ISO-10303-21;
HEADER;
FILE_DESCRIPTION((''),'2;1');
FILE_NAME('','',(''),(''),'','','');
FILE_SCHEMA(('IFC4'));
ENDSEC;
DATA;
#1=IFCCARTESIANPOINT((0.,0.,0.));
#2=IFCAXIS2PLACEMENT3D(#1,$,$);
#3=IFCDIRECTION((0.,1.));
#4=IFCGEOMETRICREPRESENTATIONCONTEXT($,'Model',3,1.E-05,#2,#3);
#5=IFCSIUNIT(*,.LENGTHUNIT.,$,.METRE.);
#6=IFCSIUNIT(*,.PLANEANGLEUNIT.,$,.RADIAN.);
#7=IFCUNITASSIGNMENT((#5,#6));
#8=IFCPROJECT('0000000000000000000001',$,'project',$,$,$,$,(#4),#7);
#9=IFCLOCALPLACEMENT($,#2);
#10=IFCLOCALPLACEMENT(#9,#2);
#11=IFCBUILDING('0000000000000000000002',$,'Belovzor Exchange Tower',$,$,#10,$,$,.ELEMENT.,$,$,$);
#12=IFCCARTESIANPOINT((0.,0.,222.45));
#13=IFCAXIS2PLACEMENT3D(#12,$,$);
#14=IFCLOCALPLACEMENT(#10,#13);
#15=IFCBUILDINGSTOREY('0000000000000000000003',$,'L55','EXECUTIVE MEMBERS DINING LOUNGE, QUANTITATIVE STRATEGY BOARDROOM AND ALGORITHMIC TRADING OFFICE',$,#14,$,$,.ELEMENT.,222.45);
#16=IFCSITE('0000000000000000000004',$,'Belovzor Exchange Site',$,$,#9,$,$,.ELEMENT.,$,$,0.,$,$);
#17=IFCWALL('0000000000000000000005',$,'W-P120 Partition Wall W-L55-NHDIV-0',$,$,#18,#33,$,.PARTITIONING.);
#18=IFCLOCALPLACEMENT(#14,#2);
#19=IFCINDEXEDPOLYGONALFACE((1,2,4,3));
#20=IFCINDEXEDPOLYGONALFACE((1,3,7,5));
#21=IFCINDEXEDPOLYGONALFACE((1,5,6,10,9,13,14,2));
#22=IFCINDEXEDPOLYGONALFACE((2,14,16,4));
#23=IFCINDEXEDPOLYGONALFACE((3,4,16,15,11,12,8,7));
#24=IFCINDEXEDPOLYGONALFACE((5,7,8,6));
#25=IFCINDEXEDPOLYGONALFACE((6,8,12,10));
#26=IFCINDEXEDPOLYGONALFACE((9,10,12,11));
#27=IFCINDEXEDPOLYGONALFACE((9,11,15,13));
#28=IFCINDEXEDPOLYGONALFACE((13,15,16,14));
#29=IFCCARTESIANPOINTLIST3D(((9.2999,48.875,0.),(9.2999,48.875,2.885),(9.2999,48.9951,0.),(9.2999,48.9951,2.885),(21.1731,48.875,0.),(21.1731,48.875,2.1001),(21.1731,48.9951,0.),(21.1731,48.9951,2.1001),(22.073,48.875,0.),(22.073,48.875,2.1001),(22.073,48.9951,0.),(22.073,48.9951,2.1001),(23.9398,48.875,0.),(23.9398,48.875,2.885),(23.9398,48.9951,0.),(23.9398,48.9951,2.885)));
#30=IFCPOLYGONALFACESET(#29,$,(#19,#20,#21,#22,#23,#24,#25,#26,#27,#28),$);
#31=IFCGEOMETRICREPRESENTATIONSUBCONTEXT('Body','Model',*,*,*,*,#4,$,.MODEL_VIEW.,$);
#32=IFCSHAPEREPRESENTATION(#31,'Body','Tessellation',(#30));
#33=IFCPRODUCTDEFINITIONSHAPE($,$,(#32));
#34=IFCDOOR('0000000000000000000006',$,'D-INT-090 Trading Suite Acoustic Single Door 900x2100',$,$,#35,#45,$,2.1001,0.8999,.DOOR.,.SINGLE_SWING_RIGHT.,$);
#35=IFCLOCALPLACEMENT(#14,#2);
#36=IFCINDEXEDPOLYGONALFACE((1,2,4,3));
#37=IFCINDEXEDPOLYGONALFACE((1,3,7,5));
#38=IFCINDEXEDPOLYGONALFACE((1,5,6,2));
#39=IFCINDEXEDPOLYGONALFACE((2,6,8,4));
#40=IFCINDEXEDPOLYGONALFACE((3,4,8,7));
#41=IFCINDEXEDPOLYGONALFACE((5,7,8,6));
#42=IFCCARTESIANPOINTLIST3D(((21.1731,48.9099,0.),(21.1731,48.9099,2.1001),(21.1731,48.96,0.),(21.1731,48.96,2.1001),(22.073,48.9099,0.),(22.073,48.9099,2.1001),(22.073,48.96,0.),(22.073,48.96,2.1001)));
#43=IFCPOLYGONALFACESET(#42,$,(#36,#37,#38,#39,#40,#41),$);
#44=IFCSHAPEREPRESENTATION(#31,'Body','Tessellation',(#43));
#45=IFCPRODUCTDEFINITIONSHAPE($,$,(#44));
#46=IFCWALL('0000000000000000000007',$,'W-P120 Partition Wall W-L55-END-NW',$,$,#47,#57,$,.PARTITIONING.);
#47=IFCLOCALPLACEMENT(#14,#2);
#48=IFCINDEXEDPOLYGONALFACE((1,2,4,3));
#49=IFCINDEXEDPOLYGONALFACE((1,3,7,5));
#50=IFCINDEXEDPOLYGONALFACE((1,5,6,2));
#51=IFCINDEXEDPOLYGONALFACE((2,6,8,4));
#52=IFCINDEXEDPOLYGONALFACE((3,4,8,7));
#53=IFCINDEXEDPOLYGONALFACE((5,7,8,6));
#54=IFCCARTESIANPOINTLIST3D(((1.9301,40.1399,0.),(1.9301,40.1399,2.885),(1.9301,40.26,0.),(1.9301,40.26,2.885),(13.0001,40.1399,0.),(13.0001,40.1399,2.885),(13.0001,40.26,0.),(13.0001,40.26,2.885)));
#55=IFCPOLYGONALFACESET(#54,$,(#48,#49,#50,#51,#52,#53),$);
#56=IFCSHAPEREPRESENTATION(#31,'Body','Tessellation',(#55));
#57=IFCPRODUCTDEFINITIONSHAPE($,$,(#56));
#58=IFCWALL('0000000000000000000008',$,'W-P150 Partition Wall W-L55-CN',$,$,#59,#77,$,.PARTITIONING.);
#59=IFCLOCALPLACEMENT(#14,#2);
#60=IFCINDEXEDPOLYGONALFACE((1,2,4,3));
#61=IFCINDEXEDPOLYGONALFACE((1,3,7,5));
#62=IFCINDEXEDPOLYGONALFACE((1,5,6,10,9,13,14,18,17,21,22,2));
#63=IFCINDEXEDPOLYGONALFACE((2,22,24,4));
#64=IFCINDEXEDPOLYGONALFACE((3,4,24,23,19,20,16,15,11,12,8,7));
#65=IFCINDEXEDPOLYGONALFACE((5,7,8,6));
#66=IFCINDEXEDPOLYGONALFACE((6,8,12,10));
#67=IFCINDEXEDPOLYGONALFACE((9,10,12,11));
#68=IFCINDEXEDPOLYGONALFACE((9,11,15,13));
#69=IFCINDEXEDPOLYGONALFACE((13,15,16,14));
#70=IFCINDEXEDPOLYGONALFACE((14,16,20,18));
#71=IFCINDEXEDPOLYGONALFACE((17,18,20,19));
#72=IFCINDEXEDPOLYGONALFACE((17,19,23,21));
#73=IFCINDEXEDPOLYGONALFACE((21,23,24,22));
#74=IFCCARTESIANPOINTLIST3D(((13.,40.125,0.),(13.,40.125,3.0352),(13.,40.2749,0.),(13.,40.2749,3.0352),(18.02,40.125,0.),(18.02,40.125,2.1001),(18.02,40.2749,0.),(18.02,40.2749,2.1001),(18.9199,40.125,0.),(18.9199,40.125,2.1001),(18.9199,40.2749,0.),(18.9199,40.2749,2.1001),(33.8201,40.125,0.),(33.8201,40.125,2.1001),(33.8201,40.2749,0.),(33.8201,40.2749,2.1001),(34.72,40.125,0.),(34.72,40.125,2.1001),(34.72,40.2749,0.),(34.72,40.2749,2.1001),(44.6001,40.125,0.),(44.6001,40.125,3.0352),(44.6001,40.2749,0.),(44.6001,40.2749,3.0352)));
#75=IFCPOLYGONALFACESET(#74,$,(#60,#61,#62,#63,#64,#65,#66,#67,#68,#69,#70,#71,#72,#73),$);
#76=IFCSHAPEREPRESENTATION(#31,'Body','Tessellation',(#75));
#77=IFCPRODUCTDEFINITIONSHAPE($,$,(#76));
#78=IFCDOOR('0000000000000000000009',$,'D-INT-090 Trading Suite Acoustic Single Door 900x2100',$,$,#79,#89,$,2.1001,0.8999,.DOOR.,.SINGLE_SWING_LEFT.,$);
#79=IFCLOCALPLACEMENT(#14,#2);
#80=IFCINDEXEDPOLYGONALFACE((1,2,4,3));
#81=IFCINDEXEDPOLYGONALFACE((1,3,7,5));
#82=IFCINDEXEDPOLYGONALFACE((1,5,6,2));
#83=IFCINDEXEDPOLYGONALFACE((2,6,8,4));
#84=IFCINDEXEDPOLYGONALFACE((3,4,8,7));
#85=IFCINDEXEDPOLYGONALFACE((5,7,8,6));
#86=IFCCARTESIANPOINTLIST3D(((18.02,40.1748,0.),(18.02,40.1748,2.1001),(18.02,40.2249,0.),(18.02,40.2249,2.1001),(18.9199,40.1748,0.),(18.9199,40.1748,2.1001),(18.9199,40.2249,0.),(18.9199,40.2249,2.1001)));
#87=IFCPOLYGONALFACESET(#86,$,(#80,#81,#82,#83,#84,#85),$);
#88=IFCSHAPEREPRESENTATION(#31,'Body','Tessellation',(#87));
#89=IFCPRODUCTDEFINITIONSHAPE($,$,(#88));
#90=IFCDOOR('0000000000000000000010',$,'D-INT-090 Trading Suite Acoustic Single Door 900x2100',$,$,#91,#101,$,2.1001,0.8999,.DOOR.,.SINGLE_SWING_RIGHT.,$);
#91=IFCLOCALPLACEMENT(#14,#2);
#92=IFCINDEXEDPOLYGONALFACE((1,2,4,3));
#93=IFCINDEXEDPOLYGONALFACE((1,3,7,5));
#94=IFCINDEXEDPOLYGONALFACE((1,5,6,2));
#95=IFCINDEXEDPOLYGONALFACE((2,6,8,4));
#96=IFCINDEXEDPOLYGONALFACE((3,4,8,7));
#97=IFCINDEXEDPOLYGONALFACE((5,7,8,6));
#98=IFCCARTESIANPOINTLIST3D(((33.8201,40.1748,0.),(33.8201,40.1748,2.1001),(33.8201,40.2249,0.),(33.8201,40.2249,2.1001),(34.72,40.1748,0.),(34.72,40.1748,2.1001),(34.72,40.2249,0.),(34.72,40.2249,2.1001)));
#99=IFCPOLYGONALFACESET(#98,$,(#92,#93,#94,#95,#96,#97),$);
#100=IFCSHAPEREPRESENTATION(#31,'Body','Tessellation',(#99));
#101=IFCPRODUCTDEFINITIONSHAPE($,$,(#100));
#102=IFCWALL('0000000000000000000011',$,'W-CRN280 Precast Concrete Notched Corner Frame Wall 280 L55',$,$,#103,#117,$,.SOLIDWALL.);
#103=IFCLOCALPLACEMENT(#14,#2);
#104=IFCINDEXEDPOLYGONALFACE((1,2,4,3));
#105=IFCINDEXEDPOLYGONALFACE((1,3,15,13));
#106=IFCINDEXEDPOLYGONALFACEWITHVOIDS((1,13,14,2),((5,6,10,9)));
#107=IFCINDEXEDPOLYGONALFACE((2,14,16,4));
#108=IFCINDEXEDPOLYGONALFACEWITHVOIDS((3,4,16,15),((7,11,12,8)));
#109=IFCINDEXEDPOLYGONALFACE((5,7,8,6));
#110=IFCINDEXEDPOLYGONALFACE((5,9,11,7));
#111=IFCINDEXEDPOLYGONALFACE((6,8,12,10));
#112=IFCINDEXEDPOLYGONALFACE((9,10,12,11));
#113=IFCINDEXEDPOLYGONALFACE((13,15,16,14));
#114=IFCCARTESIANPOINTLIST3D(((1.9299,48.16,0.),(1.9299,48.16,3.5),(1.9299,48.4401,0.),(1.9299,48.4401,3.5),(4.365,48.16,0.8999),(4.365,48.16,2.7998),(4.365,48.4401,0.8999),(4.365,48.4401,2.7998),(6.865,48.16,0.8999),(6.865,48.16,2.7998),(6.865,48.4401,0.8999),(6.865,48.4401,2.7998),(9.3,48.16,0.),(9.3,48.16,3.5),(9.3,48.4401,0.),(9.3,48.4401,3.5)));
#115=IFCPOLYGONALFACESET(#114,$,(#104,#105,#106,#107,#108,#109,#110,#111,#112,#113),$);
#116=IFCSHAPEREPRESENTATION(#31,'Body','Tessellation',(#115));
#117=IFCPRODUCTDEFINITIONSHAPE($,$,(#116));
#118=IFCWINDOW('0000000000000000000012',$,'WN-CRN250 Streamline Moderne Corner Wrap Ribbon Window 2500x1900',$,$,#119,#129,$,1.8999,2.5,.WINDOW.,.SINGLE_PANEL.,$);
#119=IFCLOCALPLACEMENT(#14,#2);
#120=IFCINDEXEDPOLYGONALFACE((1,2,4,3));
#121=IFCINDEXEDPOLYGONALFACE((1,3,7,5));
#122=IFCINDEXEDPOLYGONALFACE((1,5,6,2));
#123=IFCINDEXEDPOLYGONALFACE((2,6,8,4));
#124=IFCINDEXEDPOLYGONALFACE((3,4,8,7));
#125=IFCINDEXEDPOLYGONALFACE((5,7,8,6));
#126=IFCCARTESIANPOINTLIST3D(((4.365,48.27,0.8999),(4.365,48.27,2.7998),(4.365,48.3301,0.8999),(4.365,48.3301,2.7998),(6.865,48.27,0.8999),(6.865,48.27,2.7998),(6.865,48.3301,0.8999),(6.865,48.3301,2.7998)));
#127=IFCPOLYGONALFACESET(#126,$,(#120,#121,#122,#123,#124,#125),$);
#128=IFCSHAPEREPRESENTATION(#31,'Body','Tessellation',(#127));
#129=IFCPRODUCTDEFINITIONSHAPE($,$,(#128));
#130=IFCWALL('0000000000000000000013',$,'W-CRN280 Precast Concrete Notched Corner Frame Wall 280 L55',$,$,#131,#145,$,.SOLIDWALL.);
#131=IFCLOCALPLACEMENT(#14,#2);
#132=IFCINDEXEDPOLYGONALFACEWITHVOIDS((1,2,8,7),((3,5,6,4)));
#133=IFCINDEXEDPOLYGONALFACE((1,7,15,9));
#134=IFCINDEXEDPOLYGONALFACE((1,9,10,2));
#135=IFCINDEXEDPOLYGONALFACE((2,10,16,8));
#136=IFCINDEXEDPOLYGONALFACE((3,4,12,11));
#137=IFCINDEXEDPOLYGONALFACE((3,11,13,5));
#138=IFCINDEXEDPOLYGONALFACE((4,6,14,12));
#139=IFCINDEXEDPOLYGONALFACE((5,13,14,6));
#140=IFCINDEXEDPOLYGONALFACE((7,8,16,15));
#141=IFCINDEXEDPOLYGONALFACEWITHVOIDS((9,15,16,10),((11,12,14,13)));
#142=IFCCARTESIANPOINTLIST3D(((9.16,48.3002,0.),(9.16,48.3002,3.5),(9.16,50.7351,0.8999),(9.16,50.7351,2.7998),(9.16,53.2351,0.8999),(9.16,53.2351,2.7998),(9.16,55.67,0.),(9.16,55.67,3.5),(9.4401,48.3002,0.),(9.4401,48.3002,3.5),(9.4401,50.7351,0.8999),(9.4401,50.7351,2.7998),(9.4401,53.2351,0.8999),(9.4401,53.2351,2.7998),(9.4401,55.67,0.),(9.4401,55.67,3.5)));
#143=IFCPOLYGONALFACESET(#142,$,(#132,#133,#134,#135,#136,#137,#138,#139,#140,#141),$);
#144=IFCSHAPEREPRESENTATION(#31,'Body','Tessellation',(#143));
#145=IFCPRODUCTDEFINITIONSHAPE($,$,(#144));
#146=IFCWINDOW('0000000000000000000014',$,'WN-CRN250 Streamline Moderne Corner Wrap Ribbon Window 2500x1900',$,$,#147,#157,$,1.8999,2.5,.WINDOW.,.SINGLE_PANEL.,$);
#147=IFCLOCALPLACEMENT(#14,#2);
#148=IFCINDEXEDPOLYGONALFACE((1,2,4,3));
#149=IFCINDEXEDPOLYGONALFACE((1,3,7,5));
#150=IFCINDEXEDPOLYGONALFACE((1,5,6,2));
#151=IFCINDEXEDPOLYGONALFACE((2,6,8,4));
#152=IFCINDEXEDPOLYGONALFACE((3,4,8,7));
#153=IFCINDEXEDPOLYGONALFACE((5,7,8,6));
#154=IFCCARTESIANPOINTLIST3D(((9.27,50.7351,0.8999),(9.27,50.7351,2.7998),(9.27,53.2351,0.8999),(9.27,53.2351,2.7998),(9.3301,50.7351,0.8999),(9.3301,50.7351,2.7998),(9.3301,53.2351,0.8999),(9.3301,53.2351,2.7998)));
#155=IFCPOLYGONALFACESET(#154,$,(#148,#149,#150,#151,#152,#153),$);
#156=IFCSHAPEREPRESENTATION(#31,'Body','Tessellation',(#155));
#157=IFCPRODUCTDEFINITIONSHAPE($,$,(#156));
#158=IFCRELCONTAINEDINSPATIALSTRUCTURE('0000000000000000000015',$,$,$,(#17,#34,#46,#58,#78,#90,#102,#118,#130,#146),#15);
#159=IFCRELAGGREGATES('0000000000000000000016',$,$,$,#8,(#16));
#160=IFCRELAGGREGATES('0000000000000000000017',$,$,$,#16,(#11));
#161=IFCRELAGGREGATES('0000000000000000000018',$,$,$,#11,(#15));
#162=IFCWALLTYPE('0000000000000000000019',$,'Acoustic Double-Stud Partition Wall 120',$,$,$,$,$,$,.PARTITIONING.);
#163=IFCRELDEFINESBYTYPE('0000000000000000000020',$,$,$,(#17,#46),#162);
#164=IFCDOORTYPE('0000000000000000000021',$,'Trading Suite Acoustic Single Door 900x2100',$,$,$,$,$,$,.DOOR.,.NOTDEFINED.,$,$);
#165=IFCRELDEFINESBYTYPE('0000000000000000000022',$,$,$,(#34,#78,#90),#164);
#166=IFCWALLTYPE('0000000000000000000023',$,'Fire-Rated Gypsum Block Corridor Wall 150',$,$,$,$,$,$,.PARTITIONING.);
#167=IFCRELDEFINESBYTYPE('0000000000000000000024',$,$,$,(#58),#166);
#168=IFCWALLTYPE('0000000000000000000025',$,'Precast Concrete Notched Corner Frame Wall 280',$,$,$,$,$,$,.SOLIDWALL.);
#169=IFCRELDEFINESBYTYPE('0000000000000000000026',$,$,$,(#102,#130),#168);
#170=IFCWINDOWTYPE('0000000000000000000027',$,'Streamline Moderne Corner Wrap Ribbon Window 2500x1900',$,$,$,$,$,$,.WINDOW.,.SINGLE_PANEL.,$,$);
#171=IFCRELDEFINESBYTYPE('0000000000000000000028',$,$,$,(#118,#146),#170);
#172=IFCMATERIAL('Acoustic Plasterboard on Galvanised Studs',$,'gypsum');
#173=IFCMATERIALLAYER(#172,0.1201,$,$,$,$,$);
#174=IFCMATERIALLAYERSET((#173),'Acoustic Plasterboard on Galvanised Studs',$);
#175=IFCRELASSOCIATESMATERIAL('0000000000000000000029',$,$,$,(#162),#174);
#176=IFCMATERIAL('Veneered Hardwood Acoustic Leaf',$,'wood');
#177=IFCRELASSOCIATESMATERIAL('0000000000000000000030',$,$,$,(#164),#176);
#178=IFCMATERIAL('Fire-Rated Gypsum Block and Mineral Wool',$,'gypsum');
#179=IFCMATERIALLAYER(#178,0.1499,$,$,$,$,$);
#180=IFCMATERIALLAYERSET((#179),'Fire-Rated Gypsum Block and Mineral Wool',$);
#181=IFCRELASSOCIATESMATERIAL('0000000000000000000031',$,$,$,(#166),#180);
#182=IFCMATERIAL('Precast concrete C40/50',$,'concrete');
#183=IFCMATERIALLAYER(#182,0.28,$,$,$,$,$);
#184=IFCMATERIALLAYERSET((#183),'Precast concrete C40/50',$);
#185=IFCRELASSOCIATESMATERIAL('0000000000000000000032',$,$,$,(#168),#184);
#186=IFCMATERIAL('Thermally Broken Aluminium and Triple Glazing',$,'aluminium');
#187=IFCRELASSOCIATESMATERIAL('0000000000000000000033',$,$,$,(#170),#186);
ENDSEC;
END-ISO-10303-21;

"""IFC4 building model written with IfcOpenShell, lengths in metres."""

from ifc_helpers import new_model, si_unit, direction, frame, frame_2d, origin, place, context, subcontext, project, spatial, rectangle, extrude, material, layer, layer_set, type_object, element, fill, save


model = new_model("IFC4")

# Units and contexts
model_context = context("Model", 3, precision=1e-05, world=origin(), true_north=direction((0.0, 1.0)))
body_context = subcontext(model_context, "Body", "Model", "MODEL_VIEW")
ifc_project = project(units=[si_unit("LENGTHUNIT", "METRE"), si_unit("PLANEANGLEUNIT", "RADIAN")], contexts=[model_context])

# Site, building, storey
site_placement = place(None, origin())
site = spatial("IfcSite", under=ifc_project, at=site_placement, Name="Belovzor Exchange Site", CompositionType="ELEMENT", RefElevation=0.0)
building_placement = place(site_placement, origin())
building = spatial("IfcBuilding", under=site, at=building_placement, Name="Belovzor Exchange Tower", CompositionType="ELEMENT")
storey_placement = place(building_placement, frame((0.0, 0.0, 222.45)))
storey = spatial("IfcBuildingStorey", under=building, at=storey_placement, Name="L55", Description="EXECUTIVE MEMBERS DINING LOUNGE, QUANTITATIVE STRATEGY BOARDROOM AND ALGORITHMIC TRADING OFFICE", CompositionType="ELEMENT", Elevation=222.45)

# Wall, opening, door
ifc_material_1 = material(Name="Acoustic Plasterboard on Galvanised Studs", Category="gypsum")
ifc_layer_1 = layer(ifc_material_1, 0.1201)
ifc_layer_set_1 = layer_set([ifc_layer_1], Name="Acoustic Plasterboard on Galvanised Studs")
wall_type_1 = type_object("IfcWallType", Name="Acoustic Double-Stud Partition Wall 120", PredefinedType="PARTITIONING", material=ifc_layer_set_1)
wall_1_placement = place(storey_placement, frame((9.3, 48.9351, 0.0), z_axis=(0.0, 0.0, 1.0), x_axis=(1.0, 0.0, 0.0)))
wall_1 = element("IfcWall", 1, at=wall_1_placement, inside=storey, type_object=wall_type_1, Name="W-P120 Partition Wall W-L55-NHDIV-0", PredefinedType="PARTITIONING", context=body_context, shape_type="SweptSolid", body=[
    extrude(rectangle(XDim=14.6399, YDim=0.1201, at=frame_2d((7.3198, 0.0))), origin(), (0.0, 0.0, 1.0), 2.885),
])
opening_1_placement = place(wall_1_placement, frame((11.873, 0.0, 0.0)))
opening_1 = element("IfcOpeningElement", 2, at=opening_1_placement, cuts=wall_1, PredefinedType="OPENING", context=body_context, shape_type="SweptSolid", body=[
    extrude(rectangle(XDim=0.8999, YDim=2.1001, at=frame_2d((0.45, 1.05))), frame((0.0, 0.0701, 0.0), z_axis=(0.0, -1.0, 0.0), x_axis=(1.0, 0.0, 0.0)), (0.0, 0.0, 1.0), 0.1401),
])
ifc_material_2 = material(Name="Veneered Hardwood Acoustic Leaf", Category="wood")
door_type_1 = type_object("IfcDoorType", Name="Trading Suite Acoustic Single Door 900x2100", OperationType="NOTDEFINED", PredefinedType="DOOR", material=ifc_material_2)
door_1_placement = place(opening_1_placement, origin())
door_1 = element("IfcDoor", 3, at=door_1_placement, inside=storey, type_object=door_type_1, Name="D-INT-090 Trading Suite Acoustic Single Door 900x2100", OperationType="SINGLE_SWING_RIGHT", OverallHeight=2.1001, OverallWidth=0.8999, PredefinedType="DOOR", context=body_context, shape_type="SweptSolid", body=[
    extrude(rectangle(XDim=0.8999, YDim=2.1001, at=frame_2d((0.45, 1.05))), frame((0.0, 0.0249, 0.0), z_axis=(0.0, -1.0, 0.0), x_axis=(1.0, 0.0, 0.0)), (0.0, 0.0, 1.0), 0.05),
])
fill(opening_1, door_1)

# Wall
wall_2_placement = place(storey_placement, frame((1.9299, 40.2, 0.0), z_axis=(0.0, 0.0, 1.0), x_axis=(1.0, 0.0, 0.0)))
element("IfcWall", 4, at=wall_2_placement, inside=storey, type_object=wall_type_1, Name="W-P120 Partition Wall W-L55-END-NW", PredefinedType="PARTITIONING", context=body_context, shape_type="SweptSolid", body=[
    extrude(rectangle(XDim=11.0701, YDim=0.1201, at=frame_2d((5.5352, 0.0))), origin(), (0.0, 0.0, 1.0), 2.885),
])

# Wall, openings, doors
ifc_material_3 = material(Name="Fire-Rated Gypsum Block and Mineral Wool", Category="gypsum")
ifc_layer_2 = layer(ifc_material_3, 0.1499)
ifc_layer_set_2 = layer_set([ifc_layer_2], Name="Fire-Rated Gypsum Block and Mineral Wool")
wall_type_2 = type_object("IfcWallType", Name="Fire-Rated Gypsum Block Corridor Wall 150", PredefinedType="PARTITIONING", material=ifc_layer_set_2)
wall_3_placement = place(storey_placement, frame((13.0, 40.2, 0.0), z_axis=(0.0, 0.0, 1.0), x_axis=(1.0, 0.0, 0.0)))
wall_3 = element("IfcWall", 5, at=wall_3_placement, inside=storey, type_object=wall_type_2, Name="W-P150 Partition Wall W-L55-CN", PredefinedType="PARTITIONING", context=body_context, shape_type="SweptSolid", body=[
    extrude(rectangle(XDim=31.6001, YDim=0.1499, at=frame_2d((15.8, 0.0))), origin(), (0.0, 0.0, 1.0), 3.0352),
])
opening_2_placement = place(wall_3_placement, frame((5.02, 0.0, 0.0)))
opening_2 = element("IfcOpeningElement", 6, at=opening_2_placement, cuts=wall_3, PredefinedType="OPENING", context=body_context, shape_type="SweptSolid", body=[
    extrude(rectangle(XDim=0.8999, YDim=2.1001, at=frame_2d((0.45, 1.05))), frame((0.0, 0.085, 0.0), z_axis=(0.0, -1.0, 0.0), x_axis=(1.0, 0.0, 0.0)), (0.0, 0.0, 1.0), 0.1699),
])
opening_3_placement = place(wall_3_placement, frame((20.8201, 0.0, 0.0)))
opening_3 = element("IfcOpeningElement", 7, at=opening_3_placement, cuts=wall_3, PredefinedType="OPENING", context=body_context, shape_type="SweptSolid", body=[
    extrude(rectangle(XDim=0.8999, YDim=2.1001, at=frame_2d((0.45, 1.05))), frame((0.0, 0.085, 0.0), z_axis=(0.0, -1.0, 0.0), x_axis=(1.0, 0.0, 0.0)), (0.0, 0.0, 1.0), 0.1699),
])
door_2_placement = place(opening_2_placement, origin())
door_2 = element("IfcDoor", 8, at=door_2_placement, inside=storey, type_object=door_type_1, Name="D-INT-090 Trading Suite Acoustic Single Door 900x2100", OperationType="SINGLE_SWING_LEFT", OverallHeight=2.1001, OverallWidth=0.8999, PredefinedType="DOOR", context=body_context, shape_type="SweptSolid", body=[
    extrude(rectangle(XDim=0.8999, YDim=2.1001, at=frame_2d((0.45, 1.05))), frame((0.0, 0.0249, 0.0), z_axis=(0.0, -1.0, 0.0), x_axis=(1.0, 0.0, 0.0)), (0.0, 0.0, 1.0), 0.05),
])
fill(opening_2, door_2)
door_3_placement = place(opening_3_placement, origin())
door_3 = element("IfcDoor", 9, at=door_3_placement, inside=storey, type_object=door_type_1, Name="D-INT-090 Trading Suite Acoustic Single Door 900x2100", OperationType="SINGLE_SWING_RIGHT", OverallHeight=2.1001, OverallWidth=0.8999, PredefinedType="DOOR", context=body_context, shape_type="SweptSolid", body=[
    extrude(rectangle(XDim=0.8999, YDim=2.1001, at=frame_2d((0.45, 1.05))), frame((0.0, 0.0249, 0.0), z_axis=(0.0, -1.0, 0.0), x_axis=(1.0, 0.0, 0.0)), (0.0, 0.0, 1.0), 0.05),
])
fill(opening_3, door_3)

# Walls, openings, windows
ifc_material_4 = material(Name="Precast concrete C40/50", Category="concrete")
ifc_layer_3 = layer(ifc_material_4, 0.28)
ifc_layer_set_3 = layer_set([ifc_layer_3], Name="Precast concrete C40/50")
wall_type_3 = type_object("IfcWallType", Name="Precast Concrete Notched Corner Frame Wall 280", PredefinedType="SOLIDWALL", material=ifc_layer_set_3)
wall_4_placement = place(storey_placement, frame((1.9299, 48.3, 0.0), z_axis=(0.0, 0.0, 1.0), x_axis=(1.0, 0.0, 0.0)))
wall_4 = element("IfcWall", 10, at=wall_4_placement, inside=storey, type_object=wall_type_3, Name="W-CRN280 Precast Concrete Notched Corner Frame Wall 280 L55", PredefinedType="SOLIDWALL", context=body_context, shape_type="SweptSolid", body=[
    extrude(rectangle(XDim=7.3701, YDim=0.28, at=frame_2d((3.6851, 0.0))), origin(), (0.0, 0.0, 1.0), 3.5),
])
opening_4_placement = place(wall_4_placement, frame((2.4351, 0.0, 0.8999)))
opening_4 = element("IfcOpeningElement", 11, at=opening_4_placement, cuts=wall_4, PredefinedType="OPENING", context=body_context, shape_type="SweptSolid", body=[
    extrude(rectangle(XDim=2.5, YDim=1.8999, at=frame_2d((1.25, 0.95))), frame((0.0, 0.1499, 0.0), z_axis=(0.0, -1.0, 0.0), x_axis=(1.0, 0.0, 0.0)), (0.0, 0.0, 1.0), 0.3),
])
ifc_material_5 = material(Name="Thermally Broken Aluminium and Triple Glazing", Category="aluminium")
window_type = type_object("IfcWindowType", Name="Streamline Moderne Corner Wrap Ribbon Window 2500x1900", PartitioningType="SINGLE_PANEL", PredefinedType="WINDOW", material=ifc_material_5)
window_1_placement = place(opening_4_placement, origin())
window_1 = element("IfcWindow", 12, at=window_1_placement, inside=storey, type_object=window_type, Name="WN-CRN250 Streamline Moderne Corner Wrap Ribbon Window 2500x1900", OverallHeight=1.8999, OverallWidth=2.5, PartitioningType="SINGLE_PANEL", PredefinedType="WINDOW", context=body_context, shape_type="SweptSolid", body=[
    extrude(rectangle(XDim=2.5, YDim=1.8999, at=frame_2d((1.25, 0.95))), frame((0.0, 0.03, 0.0), z_axis=(0.0, -1.0, 0.0), x_axis=(1.0, 0.0, 0.0)), (0.0, 0.0, 1.0), 0.0601),
])
fill(opening_4, window_1)
wall_5_placement = place(storey_placement, frame((9.3, 48.3, 0.0), z_axis=(0.0, 0.0, 1.0), x_axis=(0.0, 1.0, 0.0)))
wall_5 = element("IfcWall", 13, at=wall_5_placement, inside=storey, type_object=wall_type_3, Name="W-CRN280 Precast Concrete Notched Corner Frame Wall 280 L55", PredefinedType="SOLIDWALL", context=body_context, shape_type="SweptSolid", body=[
    extrude(rectangle(XDim=7.3699, YDim=0.28, at=frame_2d((3.6851, 0.0))), origin(), (0.0, 0.0, 1.0), 3.5),
])
opening_5_placement = place(wall_5_placement, frame((2.4351, 0.0, 0.8999)))
opening_5 = element("IfcOpeningElement", 14, at=opening_5_placement, cuts=wall_5, PredefinedType="OPENING", context=body_context, shape_type="SweptSolid", body=[
    extrude(rectangle(XDim=2.5, YDim=1.8999, at=frame_2d((1.25, 0.95))), frame((0.0, 0.1499, 0.0), z_axis=(0.0, -1.0, 0.0), x_axis=(1.0, 0.0, 0.0)), (0.0, 0.0, 1.0), 0.3),
])
window_2_placement = place(opening_5_placement, origin())
window_2 = element("IfcWindow", 15, at=window_2_placement, inside=storey, type_object=window_type, Name="WN-CRN250 Streamline Moderne Corner Wrap Ribbon Window 2500x1900", OverallHeight=1.8999, OverallWidth=2.5, PartitioningType="SINGLE_PANEL", PredefinedType="WINDOW", context=body_context, shape_type="SweptSolid", body=[
    extrude(rectangle(XDim=2.5, YDim=1.8999, at=frame_2d((1.25, 0.95))), frame((0.0, 0.03, 0.0), z_axis=(0.0, -1.0, 0.0), x_axis=(1.0, 0.0, 0.0)), (0.0, 0.0, 1.0), 0.0601),
])
fill(opening_5, window_2)

save(model, "model.ifc")
